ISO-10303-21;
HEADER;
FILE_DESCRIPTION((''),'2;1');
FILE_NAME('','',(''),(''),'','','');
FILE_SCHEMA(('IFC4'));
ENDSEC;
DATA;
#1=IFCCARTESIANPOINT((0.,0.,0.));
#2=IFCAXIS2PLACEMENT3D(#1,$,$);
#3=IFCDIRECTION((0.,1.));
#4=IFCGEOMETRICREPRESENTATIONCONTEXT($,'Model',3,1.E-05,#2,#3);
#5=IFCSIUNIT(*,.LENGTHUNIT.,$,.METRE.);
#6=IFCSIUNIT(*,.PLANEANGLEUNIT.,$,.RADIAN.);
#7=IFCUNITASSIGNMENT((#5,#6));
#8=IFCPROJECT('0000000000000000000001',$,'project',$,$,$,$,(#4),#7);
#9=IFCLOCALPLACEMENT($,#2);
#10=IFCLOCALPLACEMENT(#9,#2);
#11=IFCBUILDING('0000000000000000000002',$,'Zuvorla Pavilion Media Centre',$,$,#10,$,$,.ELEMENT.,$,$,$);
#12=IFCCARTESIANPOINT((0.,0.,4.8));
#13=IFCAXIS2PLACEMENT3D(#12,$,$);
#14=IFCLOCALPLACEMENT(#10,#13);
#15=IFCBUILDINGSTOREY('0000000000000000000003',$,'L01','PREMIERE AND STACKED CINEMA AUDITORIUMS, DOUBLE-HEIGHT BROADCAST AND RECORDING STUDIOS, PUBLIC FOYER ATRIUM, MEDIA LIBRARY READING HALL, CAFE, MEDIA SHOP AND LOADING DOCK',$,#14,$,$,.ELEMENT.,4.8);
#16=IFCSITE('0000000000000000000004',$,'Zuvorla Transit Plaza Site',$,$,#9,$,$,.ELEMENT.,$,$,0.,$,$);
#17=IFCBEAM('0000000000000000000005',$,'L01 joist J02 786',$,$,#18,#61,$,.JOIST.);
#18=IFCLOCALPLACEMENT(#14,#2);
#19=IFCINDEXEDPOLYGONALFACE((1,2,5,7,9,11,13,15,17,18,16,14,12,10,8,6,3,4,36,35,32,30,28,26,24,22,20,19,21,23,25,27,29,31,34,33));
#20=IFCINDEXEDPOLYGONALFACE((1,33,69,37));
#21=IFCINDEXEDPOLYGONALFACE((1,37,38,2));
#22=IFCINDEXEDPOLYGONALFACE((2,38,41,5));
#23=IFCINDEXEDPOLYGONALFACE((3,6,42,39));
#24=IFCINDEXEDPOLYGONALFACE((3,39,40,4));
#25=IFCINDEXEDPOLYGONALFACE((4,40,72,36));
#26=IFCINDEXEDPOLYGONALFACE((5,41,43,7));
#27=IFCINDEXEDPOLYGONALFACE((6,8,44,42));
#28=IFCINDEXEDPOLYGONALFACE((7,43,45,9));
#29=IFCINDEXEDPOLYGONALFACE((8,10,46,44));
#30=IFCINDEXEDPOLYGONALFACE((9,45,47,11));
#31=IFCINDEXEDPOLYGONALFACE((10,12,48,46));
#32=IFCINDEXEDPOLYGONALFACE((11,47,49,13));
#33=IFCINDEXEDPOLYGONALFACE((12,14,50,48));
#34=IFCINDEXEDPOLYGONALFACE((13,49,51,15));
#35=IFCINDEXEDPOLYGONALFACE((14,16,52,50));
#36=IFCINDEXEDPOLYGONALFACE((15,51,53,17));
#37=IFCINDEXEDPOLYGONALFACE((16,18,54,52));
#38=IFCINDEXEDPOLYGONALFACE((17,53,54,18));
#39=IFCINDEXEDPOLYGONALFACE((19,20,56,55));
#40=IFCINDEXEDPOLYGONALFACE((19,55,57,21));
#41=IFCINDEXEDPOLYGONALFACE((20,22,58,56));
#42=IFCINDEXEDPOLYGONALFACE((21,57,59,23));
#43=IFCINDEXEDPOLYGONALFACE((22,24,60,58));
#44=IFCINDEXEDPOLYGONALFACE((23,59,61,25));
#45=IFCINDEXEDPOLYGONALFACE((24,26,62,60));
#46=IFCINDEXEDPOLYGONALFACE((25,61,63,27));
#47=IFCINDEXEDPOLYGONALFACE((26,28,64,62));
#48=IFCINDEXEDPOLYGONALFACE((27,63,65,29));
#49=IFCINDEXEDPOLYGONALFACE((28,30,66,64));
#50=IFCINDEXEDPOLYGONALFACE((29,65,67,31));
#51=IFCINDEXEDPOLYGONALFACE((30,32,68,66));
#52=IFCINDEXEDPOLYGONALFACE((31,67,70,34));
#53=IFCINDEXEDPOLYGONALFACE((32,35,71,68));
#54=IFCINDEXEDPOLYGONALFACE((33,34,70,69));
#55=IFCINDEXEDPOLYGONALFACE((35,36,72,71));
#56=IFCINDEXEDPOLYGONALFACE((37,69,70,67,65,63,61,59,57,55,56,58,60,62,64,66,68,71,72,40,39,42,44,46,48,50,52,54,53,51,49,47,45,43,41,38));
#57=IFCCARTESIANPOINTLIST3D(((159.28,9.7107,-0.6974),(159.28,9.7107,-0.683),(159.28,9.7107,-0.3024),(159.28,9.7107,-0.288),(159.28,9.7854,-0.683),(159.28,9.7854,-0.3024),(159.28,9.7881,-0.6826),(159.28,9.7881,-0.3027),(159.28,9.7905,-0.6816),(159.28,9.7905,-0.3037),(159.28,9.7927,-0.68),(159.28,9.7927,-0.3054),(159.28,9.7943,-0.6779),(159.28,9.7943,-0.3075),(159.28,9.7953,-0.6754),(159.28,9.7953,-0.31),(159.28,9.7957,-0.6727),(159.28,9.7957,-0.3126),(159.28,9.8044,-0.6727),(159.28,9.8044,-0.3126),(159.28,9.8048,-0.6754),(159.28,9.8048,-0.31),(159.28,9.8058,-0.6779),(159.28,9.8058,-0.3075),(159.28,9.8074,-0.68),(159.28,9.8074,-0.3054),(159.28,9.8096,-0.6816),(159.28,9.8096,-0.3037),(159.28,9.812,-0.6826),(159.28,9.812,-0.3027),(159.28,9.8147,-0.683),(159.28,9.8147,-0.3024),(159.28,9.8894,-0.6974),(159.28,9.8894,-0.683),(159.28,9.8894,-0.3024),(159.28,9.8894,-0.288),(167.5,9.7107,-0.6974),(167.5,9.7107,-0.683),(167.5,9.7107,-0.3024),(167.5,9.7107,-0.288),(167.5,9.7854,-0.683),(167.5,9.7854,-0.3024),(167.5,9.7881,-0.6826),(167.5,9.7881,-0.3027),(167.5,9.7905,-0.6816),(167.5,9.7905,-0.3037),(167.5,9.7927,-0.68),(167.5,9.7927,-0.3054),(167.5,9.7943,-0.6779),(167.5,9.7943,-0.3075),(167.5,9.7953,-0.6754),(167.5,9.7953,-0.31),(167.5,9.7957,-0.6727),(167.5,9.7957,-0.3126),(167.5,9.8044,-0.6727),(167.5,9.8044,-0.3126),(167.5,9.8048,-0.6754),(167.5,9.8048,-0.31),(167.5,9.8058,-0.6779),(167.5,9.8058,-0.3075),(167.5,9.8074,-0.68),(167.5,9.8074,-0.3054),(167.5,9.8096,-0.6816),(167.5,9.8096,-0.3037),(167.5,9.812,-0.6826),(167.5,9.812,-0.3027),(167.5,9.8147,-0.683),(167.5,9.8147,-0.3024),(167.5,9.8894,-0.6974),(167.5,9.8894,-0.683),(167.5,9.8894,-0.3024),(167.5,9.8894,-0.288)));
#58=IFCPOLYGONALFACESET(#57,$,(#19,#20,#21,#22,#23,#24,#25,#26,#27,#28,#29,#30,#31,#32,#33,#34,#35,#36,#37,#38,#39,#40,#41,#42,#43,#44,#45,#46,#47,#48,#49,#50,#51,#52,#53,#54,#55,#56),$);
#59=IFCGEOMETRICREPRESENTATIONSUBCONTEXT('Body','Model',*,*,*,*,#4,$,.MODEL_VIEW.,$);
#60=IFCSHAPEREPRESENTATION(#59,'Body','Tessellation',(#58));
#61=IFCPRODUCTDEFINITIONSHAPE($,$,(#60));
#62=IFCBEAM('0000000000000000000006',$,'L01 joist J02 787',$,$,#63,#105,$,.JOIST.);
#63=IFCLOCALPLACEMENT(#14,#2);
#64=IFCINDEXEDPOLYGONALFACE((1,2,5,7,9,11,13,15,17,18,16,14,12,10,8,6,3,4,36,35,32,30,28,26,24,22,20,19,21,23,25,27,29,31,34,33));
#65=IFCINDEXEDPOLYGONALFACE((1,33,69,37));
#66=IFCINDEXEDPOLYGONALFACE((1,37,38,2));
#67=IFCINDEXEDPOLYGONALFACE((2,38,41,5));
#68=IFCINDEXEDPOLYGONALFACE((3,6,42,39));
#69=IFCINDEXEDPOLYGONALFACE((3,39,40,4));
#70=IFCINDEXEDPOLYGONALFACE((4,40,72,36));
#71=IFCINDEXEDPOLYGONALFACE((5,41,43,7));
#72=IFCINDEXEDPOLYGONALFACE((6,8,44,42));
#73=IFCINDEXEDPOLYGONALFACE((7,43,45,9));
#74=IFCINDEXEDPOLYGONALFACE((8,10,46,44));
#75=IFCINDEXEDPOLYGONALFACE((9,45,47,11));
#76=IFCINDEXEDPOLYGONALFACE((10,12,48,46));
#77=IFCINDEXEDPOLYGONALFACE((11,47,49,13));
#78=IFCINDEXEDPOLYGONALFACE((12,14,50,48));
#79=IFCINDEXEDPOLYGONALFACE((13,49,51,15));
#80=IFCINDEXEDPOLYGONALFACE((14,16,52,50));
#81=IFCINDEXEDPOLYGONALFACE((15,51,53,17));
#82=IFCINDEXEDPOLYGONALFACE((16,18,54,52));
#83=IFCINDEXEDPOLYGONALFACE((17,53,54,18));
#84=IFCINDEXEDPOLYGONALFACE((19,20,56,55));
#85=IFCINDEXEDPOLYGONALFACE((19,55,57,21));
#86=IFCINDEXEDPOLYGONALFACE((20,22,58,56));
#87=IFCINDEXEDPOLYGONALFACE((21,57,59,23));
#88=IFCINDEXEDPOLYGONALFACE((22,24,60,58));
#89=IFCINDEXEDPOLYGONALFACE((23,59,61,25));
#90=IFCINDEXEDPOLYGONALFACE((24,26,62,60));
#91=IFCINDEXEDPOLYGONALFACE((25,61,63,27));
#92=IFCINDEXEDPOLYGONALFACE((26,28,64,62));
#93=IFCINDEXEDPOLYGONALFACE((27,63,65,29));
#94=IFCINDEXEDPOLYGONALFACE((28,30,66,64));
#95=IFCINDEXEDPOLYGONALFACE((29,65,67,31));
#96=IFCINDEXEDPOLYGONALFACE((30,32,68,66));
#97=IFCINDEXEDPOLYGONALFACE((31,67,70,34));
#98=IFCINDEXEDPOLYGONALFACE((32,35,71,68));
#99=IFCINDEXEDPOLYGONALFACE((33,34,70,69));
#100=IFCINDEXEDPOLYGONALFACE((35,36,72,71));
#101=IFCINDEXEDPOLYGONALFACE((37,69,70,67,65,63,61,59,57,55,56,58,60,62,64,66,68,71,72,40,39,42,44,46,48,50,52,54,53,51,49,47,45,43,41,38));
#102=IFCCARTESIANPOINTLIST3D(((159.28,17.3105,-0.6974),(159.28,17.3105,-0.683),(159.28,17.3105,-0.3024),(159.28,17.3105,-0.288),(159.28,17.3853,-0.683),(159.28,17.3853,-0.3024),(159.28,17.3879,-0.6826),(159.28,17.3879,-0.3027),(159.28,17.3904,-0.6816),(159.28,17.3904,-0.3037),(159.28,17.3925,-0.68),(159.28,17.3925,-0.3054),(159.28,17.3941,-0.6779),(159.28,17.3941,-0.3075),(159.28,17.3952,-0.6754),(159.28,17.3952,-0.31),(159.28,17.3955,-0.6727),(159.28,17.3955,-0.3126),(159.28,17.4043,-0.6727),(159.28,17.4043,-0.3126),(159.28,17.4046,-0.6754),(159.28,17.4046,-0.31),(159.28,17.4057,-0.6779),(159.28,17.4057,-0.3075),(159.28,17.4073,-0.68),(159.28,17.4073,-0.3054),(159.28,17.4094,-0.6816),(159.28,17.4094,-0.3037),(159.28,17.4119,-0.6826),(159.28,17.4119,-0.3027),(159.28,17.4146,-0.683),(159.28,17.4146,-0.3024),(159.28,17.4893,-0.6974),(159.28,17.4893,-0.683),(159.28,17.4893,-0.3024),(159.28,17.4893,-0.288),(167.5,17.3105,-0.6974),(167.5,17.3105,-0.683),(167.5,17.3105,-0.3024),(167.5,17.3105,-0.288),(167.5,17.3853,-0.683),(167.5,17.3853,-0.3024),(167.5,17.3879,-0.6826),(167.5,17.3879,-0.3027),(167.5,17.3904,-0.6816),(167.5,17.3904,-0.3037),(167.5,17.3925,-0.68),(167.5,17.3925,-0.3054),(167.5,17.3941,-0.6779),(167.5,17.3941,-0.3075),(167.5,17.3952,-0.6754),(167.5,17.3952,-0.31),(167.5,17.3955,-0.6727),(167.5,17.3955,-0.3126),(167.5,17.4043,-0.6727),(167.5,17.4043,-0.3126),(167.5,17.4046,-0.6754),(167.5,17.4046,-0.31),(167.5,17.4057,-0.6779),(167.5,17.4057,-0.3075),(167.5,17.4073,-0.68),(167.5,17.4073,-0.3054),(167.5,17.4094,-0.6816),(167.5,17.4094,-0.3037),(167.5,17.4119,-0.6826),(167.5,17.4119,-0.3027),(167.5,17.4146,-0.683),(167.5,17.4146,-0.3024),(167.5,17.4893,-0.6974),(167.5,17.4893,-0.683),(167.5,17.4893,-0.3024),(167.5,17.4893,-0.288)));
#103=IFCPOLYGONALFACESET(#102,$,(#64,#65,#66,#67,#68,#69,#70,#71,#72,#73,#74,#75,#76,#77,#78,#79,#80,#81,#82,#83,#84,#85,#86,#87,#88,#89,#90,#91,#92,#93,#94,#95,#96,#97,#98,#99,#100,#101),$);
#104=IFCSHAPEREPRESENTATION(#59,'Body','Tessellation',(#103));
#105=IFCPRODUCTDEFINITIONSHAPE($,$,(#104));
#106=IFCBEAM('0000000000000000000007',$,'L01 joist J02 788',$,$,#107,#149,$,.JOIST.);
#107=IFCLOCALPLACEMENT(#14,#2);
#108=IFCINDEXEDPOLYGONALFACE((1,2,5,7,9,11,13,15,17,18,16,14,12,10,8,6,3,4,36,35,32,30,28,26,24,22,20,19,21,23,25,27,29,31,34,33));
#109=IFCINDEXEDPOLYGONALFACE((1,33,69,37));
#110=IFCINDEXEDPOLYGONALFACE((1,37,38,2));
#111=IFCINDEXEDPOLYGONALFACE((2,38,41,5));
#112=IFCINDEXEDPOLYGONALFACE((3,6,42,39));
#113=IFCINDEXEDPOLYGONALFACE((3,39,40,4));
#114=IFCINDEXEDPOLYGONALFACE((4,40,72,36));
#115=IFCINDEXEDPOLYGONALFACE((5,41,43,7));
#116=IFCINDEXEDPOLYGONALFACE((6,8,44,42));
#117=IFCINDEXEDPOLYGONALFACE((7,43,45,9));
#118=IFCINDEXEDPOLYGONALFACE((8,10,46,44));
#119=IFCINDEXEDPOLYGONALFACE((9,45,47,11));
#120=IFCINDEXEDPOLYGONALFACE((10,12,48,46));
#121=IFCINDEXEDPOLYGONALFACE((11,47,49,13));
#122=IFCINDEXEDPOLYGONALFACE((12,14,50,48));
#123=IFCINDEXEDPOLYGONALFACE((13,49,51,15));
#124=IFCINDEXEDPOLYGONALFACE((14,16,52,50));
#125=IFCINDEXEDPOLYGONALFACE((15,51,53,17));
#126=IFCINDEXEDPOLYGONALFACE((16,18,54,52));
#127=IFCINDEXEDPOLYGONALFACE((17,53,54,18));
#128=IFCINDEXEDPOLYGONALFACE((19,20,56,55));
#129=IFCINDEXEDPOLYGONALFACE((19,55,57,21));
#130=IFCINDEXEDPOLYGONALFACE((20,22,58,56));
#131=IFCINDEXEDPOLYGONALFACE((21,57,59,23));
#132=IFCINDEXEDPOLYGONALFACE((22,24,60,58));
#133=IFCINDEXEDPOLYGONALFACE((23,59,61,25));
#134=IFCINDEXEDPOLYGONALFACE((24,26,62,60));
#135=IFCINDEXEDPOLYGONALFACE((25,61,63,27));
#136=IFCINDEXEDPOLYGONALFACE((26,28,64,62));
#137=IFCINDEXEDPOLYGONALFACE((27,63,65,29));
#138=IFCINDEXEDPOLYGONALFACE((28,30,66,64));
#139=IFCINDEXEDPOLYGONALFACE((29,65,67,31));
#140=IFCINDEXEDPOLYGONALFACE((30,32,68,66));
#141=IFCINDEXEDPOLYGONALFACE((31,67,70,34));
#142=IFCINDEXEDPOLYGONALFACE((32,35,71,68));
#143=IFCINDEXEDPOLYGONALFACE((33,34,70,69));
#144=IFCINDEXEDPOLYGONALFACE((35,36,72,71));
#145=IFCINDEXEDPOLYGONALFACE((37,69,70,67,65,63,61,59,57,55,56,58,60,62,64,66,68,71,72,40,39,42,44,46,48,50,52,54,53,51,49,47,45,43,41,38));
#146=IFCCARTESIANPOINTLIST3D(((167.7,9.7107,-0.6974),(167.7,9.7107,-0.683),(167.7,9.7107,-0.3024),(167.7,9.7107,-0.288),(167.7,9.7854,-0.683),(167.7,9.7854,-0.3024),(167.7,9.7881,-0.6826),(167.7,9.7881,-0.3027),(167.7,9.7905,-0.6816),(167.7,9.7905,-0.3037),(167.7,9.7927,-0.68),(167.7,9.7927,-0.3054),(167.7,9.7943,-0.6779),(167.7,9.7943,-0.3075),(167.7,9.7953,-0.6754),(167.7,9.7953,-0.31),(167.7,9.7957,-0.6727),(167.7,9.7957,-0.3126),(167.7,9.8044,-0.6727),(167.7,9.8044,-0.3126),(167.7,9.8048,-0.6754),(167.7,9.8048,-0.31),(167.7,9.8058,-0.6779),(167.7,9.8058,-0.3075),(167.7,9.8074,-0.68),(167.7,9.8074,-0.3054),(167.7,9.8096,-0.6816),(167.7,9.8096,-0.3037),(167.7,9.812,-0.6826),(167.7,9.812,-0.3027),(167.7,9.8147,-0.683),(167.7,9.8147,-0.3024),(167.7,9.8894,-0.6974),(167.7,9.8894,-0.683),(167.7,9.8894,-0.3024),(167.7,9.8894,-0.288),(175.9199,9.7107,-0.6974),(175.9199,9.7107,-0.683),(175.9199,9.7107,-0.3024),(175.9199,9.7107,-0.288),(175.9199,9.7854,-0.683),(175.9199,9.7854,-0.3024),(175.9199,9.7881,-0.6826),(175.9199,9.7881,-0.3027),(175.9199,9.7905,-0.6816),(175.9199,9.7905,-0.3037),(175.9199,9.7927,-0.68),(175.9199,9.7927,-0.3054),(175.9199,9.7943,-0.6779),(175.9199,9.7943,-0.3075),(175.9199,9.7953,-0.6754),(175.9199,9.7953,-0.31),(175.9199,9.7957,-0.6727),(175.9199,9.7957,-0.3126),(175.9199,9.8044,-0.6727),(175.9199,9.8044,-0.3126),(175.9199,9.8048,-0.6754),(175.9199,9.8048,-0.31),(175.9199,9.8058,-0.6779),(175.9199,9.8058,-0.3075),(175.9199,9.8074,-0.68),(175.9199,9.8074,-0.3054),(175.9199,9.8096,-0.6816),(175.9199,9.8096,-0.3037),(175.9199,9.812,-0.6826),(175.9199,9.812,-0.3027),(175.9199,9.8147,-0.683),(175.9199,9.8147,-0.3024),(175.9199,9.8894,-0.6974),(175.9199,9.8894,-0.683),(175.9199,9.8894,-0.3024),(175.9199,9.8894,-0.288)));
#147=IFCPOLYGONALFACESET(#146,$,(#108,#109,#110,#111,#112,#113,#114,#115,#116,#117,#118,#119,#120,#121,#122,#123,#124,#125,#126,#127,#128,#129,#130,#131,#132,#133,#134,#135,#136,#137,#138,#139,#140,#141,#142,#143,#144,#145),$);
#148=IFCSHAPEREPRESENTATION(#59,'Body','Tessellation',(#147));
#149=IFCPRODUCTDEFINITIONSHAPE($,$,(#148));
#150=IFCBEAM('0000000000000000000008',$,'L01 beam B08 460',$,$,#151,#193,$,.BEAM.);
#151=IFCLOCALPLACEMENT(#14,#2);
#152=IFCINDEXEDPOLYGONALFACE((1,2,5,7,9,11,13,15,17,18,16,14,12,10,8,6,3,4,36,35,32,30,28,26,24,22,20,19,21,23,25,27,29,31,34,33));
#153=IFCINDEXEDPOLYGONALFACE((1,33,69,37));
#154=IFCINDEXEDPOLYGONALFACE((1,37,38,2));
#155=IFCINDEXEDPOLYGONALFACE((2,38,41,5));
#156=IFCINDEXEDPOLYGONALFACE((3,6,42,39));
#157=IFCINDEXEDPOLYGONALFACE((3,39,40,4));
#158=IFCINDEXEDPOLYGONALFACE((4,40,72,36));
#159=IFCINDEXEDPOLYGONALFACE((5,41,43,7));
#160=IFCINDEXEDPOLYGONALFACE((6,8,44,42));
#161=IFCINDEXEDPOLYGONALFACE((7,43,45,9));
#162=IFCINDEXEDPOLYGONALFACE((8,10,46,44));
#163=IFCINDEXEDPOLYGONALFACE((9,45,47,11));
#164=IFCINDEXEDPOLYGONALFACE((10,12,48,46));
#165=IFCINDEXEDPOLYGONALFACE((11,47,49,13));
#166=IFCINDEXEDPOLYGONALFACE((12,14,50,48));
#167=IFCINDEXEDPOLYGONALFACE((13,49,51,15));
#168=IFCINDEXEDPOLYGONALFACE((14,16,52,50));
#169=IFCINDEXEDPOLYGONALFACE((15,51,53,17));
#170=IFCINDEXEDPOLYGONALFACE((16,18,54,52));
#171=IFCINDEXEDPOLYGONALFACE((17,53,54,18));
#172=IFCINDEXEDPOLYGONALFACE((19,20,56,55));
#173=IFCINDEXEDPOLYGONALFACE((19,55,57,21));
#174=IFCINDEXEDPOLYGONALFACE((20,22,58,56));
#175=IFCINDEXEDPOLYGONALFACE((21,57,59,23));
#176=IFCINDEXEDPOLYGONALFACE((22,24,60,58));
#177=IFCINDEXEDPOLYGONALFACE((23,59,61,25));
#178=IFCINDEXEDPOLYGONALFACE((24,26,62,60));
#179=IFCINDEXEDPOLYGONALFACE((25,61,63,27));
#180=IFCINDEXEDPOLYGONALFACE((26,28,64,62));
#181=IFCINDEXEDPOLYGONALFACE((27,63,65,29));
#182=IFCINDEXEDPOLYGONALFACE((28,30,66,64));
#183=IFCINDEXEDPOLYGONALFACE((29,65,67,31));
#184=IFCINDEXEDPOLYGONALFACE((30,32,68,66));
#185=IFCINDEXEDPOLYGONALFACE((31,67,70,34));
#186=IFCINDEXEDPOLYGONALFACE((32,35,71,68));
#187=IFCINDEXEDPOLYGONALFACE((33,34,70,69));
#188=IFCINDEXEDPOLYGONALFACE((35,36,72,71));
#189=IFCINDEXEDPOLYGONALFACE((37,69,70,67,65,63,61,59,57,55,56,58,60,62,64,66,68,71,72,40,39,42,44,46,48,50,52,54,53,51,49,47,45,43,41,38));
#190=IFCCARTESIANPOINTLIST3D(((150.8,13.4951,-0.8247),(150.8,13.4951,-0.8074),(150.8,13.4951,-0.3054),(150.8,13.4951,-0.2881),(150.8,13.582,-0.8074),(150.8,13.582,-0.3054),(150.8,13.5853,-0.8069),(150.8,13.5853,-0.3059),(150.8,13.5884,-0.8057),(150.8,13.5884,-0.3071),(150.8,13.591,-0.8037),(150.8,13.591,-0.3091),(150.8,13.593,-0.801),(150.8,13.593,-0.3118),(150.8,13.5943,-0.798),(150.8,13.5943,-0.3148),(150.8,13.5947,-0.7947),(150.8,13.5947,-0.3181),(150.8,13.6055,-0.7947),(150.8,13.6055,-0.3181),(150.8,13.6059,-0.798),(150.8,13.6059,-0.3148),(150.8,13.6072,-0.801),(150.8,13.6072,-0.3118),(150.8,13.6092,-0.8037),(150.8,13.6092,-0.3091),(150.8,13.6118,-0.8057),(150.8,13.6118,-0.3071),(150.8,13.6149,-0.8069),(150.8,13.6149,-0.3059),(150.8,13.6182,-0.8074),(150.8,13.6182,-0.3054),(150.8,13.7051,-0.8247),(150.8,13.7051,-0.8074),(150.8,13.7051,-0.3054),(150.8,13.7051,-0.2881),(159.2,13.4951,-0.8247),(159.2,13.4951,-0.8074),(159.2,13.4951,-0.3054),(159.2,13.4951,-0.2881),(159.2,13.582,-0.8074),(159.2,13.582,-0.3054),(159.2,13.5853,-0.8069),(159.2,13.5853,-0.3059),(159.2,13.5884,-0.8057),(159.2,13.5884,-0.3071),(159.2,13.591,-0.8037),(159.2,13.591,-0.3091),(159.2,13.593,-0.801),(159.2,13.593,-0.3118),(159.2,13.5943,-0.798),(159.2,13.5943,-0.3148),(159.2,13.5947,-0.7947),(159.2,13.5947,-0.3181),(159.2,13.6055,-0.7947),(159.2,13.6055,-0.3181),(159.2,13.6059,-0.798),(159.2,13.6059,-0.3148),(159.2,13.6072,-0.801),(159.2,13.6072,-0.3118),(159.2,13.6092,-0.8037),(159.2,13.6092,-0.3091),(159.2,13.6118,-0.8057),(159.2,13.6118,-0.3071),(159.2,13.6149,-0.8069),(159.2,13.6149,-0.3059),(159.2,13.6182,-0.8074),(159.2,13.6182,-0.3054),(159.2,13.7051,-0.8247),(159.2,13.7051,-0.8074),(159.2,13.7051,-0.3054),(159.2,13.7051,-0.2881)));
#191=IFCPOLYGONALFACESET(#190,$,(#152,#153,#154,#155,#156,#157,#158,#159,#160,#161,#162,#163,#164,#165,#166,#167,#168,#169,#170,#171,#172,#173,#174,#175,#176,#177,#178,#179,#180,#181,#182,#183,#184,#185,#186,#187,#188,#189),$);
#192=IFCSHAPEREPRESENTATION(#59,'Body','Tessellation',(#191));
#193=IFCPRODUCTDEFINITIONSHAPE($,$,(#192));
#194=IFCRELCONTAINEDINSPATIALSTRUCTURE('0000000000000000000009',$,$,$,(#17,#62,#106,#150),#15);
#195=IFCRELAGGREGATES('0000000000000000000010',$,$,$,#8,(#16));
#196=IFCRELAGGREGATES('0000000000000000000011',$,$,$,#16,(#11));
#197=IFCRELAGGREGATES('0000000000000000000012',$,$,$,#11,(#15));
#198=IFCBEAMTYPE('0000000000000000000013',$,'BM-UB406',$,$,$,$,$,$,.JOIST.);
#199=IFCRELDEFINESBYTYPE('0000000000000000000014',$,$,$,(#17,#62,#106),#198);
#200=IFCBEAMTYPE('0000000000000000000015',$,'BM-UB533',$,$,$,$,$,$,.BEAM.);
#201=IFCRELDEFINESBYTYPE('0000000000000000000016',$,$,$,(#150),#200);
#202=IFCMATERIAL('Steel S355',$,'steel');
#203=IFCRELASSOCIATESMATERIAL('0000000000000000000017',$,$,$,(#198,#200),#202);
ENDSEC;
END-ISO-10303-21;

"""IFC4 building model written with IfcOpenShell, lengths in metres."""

from ifc_helpers import new_model, si_unit, direction, frame, origin, origin_2d, place, context, subcontext, project, spatial, i_section, extrude, material, material_profile, profile_set, type_object, element, save


model = new_model("IFC4")

# Units and contexts
model_context = context("Model", 3, precision=1e-05, world=origin(), true_north=direction((0.0, 1.0)))
body_context = subcontext(model_context, "Body", "Model", "MODEL_VIEW")
ifc_project = project(units=[si_unit("LENGTHUNIT", "METRE"), si_unit("PLANEANGLEUNIT", "RADIAN")], contexts=[model_context])

# Site, building, storey
site_placement = place(None, origin())
site = spatial("IfcSite", under=ifc_project, at=site_placement, Name="Zuvorla Transit Plaza Site", CompositionType="ELEMENT", RefElevation=0.0)
building_placement = place(site_placement, origin())
building = spatial("IfcBuilding", under=site, at=building_placement, Name="Zuvorla Pavilion Media Centre", CompositionType="ELEMENT")
storey_placement = place(building_placement, frame((0.0, 0.0, 4.8)))
storey = spatial("IfcBuildingStorey", under=building, at=storey_placement, Name="L01", Description="PREMIERE AND STACKED CINEMA AUDITORIUMS, DOUBLE-HEIGHT BROADCAST AND RECORDING STUDIOS, PUBLIC FOYER ATRIUM, MEDIA LIBRARY READING HALL, CAFE, MEDIA SHOP AND LOADING DOCK", CompositionType="ELEMENT", Elevation=4.8)

# Shared definitions
ifc_material_1 = material(Name="Steel S355", Category="steel")

# Beams
ifc_material_profile_1 = material_profile(ifc_material_1, i_section(OverallWidth=0.1787, OverallDepth=0.4094, WebThickness=0.0088, FlangeThickness=0.0144, FilletRadius=0.0103, at=origin_2d()), Name="UB 406x178x67")
ifc_profile_set_1 = profile_set([ifc_material_profile_1], Name="Steel S355")
beam_type_1 = type_object("IfcBeamType", Name="BM-UB406", PredefinedType="JOIST", material=ifc_profile_set_1)
for number, where, z_axis, x_axis, name in (
    (1, (159.28, 9.8, -0.4927), (1.0, 0.0, 0.0), (0.0, 1.0, 0.0), "L01 joist J02 786"),
    (2, (159.28, 17.3999, -0.4927), (1.0, 0.0, 0.0), (0.0, 1.0, 0.0), "L01 joist J02 787"),
    (3, (167.7, 9.8, -0.4927), (1.0, 0.0, 0.0), (0.0, 1.0, 0.0), "L01 joist J02 788"),
):
    element("IfcBeam", number, at=place(storey_placement, frame(where, z_axis=z_axis, x_axis=x_axis)), inside=storey, type_object=beam_type_1, Name=name, PredefinedType="JOIST", context=body_context, shape_type="SweptSolid", body=[
        extrude(i_section(OverallWidth=0.1787, OverallDepth=0.4094, WebThickness=0.0088, FlangeThickness=0.0144, FilletRadius=0.0103, at=origin_2d()), origin(), (0.0, 0.0, 1.0), 8.22),
    ])
ifc_material_profile_2 = material_profile(ifc_material_1, i_section(OverallWidth=0.21, OverallDepth=0.5366, WebThickness=0.0107, FlangeThickness=0.0173, FilletRadius=0.0127, at=origin_2d()), Name="UB 533x210x101")
ifc_profile_set_2 = profile_set([ifc_material_profile_2], Name="Steel S355")
beam_type_2 = type_object("IfcBeamType", Name="BM-UB533", PredefinedType="BEAM", material=ifc_profile_set_2)
beam_1_placement = place(storey_placement, frame((150.8, 13.6001, -0.5564), z_axis=(1.0, 0.0, 0.0), x_axis=(0.0, 1.0, 0.0)))
element("IfcBeam", 4, at=beam_1_placement, inside=storey, type_object=beam_type_2, Name="L01 beam B08 460", PredefinedType="BEAM", context=body_context, shape_type="SweptSolid", body=[
    extrude(i_section(OverallWidth=0.21, OverallDepth=0.5366, WebThickness=0.0107, FlangeThickness=0.0173, FilletRadius=0.0127, at=origin_2d()), origin(), (0.0, 0.0, 1.0), 8.3999),
])

save(model, "model.ifc")
